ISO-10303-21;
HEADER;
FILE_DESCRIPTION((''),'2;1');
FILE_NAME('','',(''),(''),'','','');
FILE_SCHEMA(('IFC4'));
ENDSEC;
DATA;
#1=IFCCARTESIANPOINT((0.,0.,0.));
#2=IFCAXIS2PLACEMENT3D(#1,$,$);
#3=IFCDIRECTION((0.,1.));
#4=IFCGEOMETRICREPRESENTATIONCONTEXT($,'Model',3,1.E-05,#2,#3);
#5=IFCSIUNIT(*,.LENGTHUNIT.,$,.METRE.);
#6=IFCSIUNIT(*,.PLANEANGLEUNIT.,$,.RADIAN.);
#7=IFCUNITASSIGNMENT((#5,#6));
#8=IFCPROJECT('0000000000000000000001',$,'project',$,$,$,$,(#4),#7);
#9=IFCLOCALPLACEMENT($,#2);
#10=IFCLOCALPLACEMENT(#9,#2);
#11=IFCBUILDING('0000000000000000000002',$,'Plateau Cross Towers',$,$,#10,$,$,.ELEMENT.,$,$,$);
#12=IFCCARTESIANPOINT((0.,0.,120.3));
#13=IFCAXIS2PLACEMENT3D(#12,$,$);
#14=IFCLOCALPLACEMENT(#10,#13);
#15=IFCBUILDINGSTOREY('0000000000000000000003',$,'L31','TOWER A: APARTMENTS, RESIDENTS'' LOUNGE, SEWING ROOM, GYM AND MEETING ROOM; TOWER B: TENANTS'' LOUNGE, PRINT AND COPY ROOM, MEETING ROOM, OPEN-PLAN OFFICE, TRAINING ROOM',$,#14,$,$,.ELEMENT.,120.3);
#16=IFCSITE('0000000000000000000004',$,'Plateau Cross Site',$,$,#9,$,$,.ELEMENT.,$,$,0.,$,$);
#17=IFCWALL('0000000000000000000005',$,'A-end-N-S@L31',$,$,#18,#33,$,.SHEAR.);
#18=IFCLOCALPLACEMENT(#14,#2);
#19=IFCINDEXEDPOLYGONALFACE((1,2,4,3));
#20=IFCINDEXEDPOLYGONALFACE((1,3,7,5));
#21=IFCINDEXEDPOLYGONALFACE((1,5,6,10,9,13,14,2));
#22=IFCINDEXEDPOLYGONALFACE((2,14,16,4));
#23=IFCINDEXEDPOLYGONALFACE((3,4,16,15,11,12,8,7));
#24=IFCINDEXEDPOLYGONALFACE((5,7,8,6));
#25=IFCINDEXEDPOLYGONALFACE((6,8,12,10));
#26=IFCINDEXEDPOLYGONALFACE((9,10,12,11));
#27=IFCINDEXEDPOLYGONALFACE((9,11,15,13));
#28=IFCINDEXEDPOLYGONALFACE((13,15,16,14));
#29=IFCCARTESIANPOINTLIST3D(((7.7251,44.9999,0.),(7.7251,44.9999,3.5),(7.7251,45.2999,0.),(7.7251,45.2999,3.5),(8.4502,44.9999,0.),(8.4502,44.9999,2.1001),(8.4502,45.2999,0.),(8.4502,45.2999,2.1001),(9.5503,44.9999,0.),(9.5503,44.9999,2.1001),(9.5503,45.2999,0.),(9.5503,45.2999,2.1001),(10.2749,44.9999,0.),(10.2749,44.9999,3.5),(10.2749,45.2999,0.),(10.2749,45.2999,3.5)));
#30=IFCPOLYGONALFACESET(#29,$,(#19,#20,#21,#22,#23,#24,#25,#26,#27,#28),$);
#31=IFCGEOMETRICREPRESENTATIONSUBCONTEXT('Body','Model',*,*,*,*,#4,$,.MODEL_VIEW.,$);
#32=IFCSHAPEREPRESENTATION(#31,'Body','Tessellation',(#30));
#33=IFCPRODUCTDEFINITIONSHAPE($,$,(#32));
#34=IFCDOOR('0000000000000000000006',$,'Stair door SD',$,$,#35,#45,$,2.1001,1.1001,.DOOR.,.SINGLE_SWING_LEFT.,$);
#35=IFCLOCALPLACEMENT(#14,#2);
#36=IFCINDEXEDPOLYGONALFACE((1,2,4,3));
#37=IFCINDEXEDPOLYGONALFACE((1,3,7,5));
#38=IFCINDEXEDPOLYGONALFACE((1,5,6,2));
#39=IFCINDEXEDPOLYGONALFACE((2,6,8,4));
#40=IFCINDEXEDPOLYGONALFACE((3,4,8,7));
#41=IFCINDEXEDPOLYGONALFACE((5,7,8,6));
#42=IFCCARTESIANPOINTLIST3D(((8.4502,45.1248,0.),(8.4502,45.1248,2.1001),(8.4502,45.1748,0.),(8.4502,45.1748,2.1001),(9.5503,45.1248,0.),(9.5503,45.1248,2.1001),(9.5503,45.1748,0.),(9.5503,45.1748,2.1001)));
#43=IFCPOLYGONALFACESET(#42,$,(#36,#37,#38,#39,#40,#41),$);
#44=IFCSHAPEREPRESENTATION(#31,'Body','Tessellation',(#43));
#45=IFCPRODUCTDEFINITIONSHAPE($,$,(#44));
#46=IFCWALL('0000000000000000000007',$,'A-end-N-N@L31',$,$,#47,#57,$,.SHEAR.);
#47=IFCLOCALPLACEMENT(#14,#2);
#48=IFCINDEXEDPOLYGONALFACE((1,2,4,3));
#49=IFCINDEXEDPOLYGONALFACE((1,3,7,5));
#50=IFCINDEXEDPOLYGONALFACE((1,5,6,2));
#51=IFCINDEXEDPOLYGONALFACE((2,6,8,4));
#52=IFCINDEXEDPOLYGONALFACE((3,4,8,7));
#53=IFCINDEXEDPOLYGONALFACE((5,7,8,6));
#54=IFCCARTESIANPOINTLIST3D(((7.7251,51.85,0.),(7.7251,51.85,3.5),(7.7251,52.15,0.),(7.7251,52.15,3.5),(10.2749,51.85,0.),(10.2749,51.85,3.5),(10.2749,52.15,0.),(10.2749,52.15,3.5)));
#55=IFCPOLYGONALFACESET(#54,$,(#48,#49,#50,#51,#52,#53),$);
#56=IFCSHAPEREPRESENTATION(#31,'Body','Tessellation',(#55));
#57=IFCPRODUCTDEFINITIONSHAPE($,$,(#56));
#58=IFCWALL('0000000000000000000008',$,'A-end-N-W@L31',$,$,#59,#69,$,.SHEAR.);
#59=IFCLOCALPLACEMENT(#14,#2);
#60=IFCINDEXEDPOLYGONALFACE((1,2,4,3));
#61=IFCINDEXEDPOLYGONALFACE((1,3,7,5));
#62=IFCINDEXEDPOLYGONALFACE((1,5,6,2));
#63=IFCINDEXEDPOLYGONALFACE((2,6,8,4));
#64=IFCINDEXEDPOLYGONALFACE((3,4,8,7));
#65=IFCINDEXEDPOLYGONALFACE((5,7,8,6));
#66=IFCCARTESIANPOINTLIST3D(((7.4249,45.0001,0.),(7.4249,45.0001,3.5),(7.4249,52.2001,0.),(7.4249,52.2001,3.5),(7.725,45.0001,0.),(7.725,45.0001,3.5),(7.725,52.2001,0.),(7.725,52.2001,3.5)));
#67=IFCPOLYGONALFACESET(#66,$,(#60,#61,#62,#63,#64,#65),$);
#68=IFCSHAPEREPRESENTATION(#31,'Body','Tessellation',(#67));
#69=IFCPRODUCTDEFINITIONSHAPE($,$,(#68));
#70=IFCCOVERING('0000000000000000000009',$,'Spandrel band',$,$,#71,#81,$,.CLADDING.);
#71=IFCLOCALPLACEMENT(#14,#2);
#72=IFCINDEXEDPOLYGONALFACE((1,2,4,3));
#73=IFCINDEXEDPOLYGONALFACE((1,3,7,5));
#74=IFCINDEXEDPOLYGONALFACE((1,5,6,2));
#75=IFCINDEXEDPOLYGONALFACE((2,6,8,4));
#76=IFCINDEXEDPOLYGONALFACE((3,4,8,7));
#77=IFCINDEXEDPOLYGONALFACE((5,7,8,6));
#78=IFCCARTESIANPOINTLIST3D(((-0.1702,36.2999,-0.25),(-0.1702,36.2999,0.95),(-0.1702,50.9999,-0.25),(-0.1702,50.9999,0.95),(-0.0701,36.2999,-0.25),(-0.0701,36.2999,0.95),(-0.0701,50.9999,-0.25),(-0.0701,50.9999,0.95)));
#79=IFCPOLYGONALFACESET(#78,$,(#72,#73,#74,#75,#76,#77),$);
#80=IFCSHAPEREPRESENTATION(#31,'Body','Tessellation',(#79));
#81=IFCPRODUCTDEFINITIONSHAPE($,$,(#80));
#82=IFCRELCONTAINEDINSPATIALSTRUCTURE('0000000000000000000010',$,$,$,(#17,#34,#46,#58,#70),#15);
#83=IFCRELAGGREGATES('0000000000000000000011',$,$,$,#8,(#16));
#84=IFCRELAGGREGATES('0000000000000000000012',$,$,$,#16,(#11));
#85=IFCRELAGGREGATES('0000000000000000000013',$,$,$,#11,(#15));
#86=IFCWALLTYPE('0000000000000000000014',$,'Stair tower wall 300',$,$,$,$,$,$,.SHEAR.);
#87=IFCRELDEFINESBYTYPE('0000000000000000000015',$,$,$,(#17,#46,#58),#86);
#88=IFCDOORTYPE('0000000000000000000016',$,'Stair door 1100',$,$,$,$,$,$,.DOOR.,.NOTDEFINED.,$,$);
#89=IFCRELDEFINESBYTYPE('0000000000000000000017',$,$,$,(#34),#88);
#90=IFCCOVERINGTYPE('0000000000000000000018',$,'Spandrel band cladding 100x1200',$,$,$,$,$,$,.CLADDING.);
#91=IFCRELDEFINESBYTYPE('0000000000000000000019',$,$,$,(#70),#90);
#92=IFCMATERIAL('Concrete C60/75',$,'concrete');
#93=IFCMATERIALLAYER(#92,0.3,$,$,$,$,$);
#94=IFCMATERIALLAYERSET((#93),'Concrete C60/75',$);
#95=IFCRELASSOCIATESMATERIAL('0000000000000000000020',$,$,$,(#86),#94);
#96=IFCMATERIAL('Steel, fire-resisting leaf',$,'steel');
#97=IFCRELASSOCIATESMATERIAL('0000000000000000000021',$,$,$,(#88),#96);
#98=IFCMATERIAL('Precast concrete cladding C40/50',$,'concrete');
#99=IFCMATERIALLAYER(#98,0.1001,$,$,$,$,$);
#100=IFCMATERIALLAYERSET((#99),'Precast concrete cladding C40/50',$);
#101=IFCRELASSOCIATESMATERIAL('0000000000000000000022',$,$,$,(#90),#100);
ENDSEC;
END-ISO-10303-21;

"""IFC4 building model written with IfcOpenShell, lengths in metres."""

from ifc_helpers import new_model, si_unit, direction, frame, frame_2d, origin, origin_2d, place, context, subcontext, project, spatial, rectangle, extrude, material, layer, layer_set, type_object, element, fill, save


model = new_model("IFC4")

# Units and contexts
model_context = context("Model", 3, precision=1e-05, world=origin(), true_north=direction((0.0, 1.0)))
body_context = subcontext(model_context, "Body", "Model", "MODEL_VIEW")
ifc_project = project(units=[si_unit("LENGTHUNIT", "METRE"), si_unit("PLANEANGLEUNIT", "RADIAN")], contexts=[model_context])

# Site, building, storey
site_placement = place(None, origin())
site = spatial("IfcSite", under=ifc_project, at=site_placement, Name="Plateau Cross Site", CompositionType="ELEMENT", RefElevation=0.0)
building_placement = place(site_placement, origin())
building = spatial("IfcBuilding", under=site, at=building_placement, Name="Plateau Cross Towers", CompositionType="ELEMENT")
storey_placement = place(building_placement, frame((0.0, 0.0, 120.3)))
storey = spatial("IfcBuildingStorey", under=building, at=storey_placement, Name="L31", Description="TOWER A: APARTMENTS, RESIDENTS' LOUNGE, SEWING ROOM, GYM AND MEETING ROOM; TOWER B: TENANTS' LOUNGE, PRINT AND COPY ROOM, MEETING ROOM, OPEN-PLAN OFFICE, TRAINING ROOM", CompositionType="ELEMENT", Elevation=120.3)

# Shared definitions
ifc_material_1 = material(Name="Concrete C60/75", Category="concrete")

# Wall, opening, door
ifc_layer_1 = layer(ifc_material_1, 0.3)
ifc_layer_set_1 = layer_set([ifc_layer_1], Name="Concrete C60/75")
wall_type_1 = type_object("IfcWallType", Name="Stair tower wall 300", PredefinedType="SHEAR", material=ifc_layer_set_1)
wall_1_placement = place(storey_placement, frame((7.7251, 45.1499, 0.0), z_axis=(0.0, 0.0, 1.0), x_axis=(1.0, 0.0, 0.0)))
wall_1 = element("IfcWall", 1, at=wall_1_placement, inside=storey, type_object=wall_type_1, Name="A-end-N-S@L31", PredefinedType="SHEAR", context=body_context, shape_type="SweptSolid", body=[
    extrude(rectangle(XDim=2.5498, YDim=0.3, at=frame_2d((1.2749, 0.0))), origin(), (0.0, 0.0, 1.0), 3.5),
])
opening_1_placement = place(wall_1_placement, frame((0.7251, 0.0, 0.0)))
opening_1 = element("IfcOpeningElement", 2, at=opening_1_placement, cuts=wall_1, PredefinedType="OPENING", context=body_context, shape_type="SweptSolid", body=[
    extrude(rectangle(XDim=1.1001, YDim=2.1001, at=frame_2d((0.55, 1.05))), frame((0.0, 0.1599, 0.0), z_axis=(0.0, -1.0, 0.0), x_axis=(1.0, 0.0, 0.0)), (0.0, 0.0, 1.0), 0.3201),
])
ifc_material_2 = material(Name="Steel, fire-resisting leaf", Category="steel")
door_type_1 = type_object("IfcDoorType", Name="Stair door 1100", OperationType="NOTDEFINED", PredefinedType="DOOR", material=ifc_material_2)
door_1_placement = place(opening_1_placement, origin())
door_1 = element("IfcDoor", 3, at=door_1_placement, inside=storey, type_object=door_type_1, Name="Stair door SD", OperationType="SINGLE_SWING_LEFT", OverallHeight=2.1001, OverallWidth=1.1001, PredefinedType="DOOR", context=body_context, shape_type="SweptSolid", body=[
    extrude(rectangle(XDim=1.1001, YDim=2.1001, at=frame_2d((0.55, 1.05))), frame((0.0, 0.0249, 0.0), z_axis=(0.0, -1.0, 0.0), x_axis=(1.0, 0.0, 0.0)), (0.0, 0.0, 1.0), 0.05),
])
fill(opening_1, door_1)

# Walls
wall_2_placement = place(storey_placement, frame((7.7251, 52.0, 0.0), z_axis=(0.0, 0.0, 1.0), x_axis=(1.0, 0.0, 0.0)))
element("IfcWall", 4, at=wall_2_placement, inside=storey, type_object=wall_type_1, Name="A-end-N-N@L31", PredefinedType="SHEAR", context=body_context, shape_type="SweptSolid", body=[
    extrude(rectangle(XDim=2.5498, YDim=0.3, at=frame_2d((1.2749, 0.0))), origin(), (0.0, 0.0, 1.0), 3.5),
])
wall_3_placement = place(storey_placement, frame((7.575, 45.0, 0.0), z_axis=(0.0, 0.0, 1.0), x_axis=(0.0, 1.0, 0.0)))
element("IfcWall", 5, at=wall_3_placement, inside=storey, type_object=wall_type_1, Name="A-end-N-W@L31", PredefinedType="SHEAR", context=body_context, shape_type="SweptSolid", body=[
    extrude(rectangle(XDim=7.2, YDim=0.3, at=frame_2d((3.6001, 0.0))), origin(), (0.0, 0.0, 1.0), 3.5),
])

# Covering
ifc_material_3 = material(Name="Precast concrete cladding C40/50", Category="concrete")
ifc_layer_2 = layer(ifc_material_3, 0.1001)
ifc_layer_set_2 = layer_set([ifc_layer_2], Name="Precast concrete cladding C40/50")
covering_type = type_object("IfcCoveringType", Name="Spandrel band cladding 100x1200", PredefinedType="CLADDING", material=ifc_layer_set_2)
covering_placement = place(storey_placement, frame((-0.1201, 43.6499, -0.25), z_axis=(0.0, 0.0, 1.0), x_axis=(0.0, -1.0, 0.0)))
element("IfcCovering", 6, at=covering_placement, inside=storey, type_object=covering_type, Name="Spandrel band", PredefinedType="CLADDING", context=body_context, shape_type="SweptSolid", body=[
    extrude(rectangle(XDim=14.7, YDim=0.1001, at=origin_2d()), origin(), (0.0, 0.0, 1.0), 1.2),
])

save(model, "model.ifc")
